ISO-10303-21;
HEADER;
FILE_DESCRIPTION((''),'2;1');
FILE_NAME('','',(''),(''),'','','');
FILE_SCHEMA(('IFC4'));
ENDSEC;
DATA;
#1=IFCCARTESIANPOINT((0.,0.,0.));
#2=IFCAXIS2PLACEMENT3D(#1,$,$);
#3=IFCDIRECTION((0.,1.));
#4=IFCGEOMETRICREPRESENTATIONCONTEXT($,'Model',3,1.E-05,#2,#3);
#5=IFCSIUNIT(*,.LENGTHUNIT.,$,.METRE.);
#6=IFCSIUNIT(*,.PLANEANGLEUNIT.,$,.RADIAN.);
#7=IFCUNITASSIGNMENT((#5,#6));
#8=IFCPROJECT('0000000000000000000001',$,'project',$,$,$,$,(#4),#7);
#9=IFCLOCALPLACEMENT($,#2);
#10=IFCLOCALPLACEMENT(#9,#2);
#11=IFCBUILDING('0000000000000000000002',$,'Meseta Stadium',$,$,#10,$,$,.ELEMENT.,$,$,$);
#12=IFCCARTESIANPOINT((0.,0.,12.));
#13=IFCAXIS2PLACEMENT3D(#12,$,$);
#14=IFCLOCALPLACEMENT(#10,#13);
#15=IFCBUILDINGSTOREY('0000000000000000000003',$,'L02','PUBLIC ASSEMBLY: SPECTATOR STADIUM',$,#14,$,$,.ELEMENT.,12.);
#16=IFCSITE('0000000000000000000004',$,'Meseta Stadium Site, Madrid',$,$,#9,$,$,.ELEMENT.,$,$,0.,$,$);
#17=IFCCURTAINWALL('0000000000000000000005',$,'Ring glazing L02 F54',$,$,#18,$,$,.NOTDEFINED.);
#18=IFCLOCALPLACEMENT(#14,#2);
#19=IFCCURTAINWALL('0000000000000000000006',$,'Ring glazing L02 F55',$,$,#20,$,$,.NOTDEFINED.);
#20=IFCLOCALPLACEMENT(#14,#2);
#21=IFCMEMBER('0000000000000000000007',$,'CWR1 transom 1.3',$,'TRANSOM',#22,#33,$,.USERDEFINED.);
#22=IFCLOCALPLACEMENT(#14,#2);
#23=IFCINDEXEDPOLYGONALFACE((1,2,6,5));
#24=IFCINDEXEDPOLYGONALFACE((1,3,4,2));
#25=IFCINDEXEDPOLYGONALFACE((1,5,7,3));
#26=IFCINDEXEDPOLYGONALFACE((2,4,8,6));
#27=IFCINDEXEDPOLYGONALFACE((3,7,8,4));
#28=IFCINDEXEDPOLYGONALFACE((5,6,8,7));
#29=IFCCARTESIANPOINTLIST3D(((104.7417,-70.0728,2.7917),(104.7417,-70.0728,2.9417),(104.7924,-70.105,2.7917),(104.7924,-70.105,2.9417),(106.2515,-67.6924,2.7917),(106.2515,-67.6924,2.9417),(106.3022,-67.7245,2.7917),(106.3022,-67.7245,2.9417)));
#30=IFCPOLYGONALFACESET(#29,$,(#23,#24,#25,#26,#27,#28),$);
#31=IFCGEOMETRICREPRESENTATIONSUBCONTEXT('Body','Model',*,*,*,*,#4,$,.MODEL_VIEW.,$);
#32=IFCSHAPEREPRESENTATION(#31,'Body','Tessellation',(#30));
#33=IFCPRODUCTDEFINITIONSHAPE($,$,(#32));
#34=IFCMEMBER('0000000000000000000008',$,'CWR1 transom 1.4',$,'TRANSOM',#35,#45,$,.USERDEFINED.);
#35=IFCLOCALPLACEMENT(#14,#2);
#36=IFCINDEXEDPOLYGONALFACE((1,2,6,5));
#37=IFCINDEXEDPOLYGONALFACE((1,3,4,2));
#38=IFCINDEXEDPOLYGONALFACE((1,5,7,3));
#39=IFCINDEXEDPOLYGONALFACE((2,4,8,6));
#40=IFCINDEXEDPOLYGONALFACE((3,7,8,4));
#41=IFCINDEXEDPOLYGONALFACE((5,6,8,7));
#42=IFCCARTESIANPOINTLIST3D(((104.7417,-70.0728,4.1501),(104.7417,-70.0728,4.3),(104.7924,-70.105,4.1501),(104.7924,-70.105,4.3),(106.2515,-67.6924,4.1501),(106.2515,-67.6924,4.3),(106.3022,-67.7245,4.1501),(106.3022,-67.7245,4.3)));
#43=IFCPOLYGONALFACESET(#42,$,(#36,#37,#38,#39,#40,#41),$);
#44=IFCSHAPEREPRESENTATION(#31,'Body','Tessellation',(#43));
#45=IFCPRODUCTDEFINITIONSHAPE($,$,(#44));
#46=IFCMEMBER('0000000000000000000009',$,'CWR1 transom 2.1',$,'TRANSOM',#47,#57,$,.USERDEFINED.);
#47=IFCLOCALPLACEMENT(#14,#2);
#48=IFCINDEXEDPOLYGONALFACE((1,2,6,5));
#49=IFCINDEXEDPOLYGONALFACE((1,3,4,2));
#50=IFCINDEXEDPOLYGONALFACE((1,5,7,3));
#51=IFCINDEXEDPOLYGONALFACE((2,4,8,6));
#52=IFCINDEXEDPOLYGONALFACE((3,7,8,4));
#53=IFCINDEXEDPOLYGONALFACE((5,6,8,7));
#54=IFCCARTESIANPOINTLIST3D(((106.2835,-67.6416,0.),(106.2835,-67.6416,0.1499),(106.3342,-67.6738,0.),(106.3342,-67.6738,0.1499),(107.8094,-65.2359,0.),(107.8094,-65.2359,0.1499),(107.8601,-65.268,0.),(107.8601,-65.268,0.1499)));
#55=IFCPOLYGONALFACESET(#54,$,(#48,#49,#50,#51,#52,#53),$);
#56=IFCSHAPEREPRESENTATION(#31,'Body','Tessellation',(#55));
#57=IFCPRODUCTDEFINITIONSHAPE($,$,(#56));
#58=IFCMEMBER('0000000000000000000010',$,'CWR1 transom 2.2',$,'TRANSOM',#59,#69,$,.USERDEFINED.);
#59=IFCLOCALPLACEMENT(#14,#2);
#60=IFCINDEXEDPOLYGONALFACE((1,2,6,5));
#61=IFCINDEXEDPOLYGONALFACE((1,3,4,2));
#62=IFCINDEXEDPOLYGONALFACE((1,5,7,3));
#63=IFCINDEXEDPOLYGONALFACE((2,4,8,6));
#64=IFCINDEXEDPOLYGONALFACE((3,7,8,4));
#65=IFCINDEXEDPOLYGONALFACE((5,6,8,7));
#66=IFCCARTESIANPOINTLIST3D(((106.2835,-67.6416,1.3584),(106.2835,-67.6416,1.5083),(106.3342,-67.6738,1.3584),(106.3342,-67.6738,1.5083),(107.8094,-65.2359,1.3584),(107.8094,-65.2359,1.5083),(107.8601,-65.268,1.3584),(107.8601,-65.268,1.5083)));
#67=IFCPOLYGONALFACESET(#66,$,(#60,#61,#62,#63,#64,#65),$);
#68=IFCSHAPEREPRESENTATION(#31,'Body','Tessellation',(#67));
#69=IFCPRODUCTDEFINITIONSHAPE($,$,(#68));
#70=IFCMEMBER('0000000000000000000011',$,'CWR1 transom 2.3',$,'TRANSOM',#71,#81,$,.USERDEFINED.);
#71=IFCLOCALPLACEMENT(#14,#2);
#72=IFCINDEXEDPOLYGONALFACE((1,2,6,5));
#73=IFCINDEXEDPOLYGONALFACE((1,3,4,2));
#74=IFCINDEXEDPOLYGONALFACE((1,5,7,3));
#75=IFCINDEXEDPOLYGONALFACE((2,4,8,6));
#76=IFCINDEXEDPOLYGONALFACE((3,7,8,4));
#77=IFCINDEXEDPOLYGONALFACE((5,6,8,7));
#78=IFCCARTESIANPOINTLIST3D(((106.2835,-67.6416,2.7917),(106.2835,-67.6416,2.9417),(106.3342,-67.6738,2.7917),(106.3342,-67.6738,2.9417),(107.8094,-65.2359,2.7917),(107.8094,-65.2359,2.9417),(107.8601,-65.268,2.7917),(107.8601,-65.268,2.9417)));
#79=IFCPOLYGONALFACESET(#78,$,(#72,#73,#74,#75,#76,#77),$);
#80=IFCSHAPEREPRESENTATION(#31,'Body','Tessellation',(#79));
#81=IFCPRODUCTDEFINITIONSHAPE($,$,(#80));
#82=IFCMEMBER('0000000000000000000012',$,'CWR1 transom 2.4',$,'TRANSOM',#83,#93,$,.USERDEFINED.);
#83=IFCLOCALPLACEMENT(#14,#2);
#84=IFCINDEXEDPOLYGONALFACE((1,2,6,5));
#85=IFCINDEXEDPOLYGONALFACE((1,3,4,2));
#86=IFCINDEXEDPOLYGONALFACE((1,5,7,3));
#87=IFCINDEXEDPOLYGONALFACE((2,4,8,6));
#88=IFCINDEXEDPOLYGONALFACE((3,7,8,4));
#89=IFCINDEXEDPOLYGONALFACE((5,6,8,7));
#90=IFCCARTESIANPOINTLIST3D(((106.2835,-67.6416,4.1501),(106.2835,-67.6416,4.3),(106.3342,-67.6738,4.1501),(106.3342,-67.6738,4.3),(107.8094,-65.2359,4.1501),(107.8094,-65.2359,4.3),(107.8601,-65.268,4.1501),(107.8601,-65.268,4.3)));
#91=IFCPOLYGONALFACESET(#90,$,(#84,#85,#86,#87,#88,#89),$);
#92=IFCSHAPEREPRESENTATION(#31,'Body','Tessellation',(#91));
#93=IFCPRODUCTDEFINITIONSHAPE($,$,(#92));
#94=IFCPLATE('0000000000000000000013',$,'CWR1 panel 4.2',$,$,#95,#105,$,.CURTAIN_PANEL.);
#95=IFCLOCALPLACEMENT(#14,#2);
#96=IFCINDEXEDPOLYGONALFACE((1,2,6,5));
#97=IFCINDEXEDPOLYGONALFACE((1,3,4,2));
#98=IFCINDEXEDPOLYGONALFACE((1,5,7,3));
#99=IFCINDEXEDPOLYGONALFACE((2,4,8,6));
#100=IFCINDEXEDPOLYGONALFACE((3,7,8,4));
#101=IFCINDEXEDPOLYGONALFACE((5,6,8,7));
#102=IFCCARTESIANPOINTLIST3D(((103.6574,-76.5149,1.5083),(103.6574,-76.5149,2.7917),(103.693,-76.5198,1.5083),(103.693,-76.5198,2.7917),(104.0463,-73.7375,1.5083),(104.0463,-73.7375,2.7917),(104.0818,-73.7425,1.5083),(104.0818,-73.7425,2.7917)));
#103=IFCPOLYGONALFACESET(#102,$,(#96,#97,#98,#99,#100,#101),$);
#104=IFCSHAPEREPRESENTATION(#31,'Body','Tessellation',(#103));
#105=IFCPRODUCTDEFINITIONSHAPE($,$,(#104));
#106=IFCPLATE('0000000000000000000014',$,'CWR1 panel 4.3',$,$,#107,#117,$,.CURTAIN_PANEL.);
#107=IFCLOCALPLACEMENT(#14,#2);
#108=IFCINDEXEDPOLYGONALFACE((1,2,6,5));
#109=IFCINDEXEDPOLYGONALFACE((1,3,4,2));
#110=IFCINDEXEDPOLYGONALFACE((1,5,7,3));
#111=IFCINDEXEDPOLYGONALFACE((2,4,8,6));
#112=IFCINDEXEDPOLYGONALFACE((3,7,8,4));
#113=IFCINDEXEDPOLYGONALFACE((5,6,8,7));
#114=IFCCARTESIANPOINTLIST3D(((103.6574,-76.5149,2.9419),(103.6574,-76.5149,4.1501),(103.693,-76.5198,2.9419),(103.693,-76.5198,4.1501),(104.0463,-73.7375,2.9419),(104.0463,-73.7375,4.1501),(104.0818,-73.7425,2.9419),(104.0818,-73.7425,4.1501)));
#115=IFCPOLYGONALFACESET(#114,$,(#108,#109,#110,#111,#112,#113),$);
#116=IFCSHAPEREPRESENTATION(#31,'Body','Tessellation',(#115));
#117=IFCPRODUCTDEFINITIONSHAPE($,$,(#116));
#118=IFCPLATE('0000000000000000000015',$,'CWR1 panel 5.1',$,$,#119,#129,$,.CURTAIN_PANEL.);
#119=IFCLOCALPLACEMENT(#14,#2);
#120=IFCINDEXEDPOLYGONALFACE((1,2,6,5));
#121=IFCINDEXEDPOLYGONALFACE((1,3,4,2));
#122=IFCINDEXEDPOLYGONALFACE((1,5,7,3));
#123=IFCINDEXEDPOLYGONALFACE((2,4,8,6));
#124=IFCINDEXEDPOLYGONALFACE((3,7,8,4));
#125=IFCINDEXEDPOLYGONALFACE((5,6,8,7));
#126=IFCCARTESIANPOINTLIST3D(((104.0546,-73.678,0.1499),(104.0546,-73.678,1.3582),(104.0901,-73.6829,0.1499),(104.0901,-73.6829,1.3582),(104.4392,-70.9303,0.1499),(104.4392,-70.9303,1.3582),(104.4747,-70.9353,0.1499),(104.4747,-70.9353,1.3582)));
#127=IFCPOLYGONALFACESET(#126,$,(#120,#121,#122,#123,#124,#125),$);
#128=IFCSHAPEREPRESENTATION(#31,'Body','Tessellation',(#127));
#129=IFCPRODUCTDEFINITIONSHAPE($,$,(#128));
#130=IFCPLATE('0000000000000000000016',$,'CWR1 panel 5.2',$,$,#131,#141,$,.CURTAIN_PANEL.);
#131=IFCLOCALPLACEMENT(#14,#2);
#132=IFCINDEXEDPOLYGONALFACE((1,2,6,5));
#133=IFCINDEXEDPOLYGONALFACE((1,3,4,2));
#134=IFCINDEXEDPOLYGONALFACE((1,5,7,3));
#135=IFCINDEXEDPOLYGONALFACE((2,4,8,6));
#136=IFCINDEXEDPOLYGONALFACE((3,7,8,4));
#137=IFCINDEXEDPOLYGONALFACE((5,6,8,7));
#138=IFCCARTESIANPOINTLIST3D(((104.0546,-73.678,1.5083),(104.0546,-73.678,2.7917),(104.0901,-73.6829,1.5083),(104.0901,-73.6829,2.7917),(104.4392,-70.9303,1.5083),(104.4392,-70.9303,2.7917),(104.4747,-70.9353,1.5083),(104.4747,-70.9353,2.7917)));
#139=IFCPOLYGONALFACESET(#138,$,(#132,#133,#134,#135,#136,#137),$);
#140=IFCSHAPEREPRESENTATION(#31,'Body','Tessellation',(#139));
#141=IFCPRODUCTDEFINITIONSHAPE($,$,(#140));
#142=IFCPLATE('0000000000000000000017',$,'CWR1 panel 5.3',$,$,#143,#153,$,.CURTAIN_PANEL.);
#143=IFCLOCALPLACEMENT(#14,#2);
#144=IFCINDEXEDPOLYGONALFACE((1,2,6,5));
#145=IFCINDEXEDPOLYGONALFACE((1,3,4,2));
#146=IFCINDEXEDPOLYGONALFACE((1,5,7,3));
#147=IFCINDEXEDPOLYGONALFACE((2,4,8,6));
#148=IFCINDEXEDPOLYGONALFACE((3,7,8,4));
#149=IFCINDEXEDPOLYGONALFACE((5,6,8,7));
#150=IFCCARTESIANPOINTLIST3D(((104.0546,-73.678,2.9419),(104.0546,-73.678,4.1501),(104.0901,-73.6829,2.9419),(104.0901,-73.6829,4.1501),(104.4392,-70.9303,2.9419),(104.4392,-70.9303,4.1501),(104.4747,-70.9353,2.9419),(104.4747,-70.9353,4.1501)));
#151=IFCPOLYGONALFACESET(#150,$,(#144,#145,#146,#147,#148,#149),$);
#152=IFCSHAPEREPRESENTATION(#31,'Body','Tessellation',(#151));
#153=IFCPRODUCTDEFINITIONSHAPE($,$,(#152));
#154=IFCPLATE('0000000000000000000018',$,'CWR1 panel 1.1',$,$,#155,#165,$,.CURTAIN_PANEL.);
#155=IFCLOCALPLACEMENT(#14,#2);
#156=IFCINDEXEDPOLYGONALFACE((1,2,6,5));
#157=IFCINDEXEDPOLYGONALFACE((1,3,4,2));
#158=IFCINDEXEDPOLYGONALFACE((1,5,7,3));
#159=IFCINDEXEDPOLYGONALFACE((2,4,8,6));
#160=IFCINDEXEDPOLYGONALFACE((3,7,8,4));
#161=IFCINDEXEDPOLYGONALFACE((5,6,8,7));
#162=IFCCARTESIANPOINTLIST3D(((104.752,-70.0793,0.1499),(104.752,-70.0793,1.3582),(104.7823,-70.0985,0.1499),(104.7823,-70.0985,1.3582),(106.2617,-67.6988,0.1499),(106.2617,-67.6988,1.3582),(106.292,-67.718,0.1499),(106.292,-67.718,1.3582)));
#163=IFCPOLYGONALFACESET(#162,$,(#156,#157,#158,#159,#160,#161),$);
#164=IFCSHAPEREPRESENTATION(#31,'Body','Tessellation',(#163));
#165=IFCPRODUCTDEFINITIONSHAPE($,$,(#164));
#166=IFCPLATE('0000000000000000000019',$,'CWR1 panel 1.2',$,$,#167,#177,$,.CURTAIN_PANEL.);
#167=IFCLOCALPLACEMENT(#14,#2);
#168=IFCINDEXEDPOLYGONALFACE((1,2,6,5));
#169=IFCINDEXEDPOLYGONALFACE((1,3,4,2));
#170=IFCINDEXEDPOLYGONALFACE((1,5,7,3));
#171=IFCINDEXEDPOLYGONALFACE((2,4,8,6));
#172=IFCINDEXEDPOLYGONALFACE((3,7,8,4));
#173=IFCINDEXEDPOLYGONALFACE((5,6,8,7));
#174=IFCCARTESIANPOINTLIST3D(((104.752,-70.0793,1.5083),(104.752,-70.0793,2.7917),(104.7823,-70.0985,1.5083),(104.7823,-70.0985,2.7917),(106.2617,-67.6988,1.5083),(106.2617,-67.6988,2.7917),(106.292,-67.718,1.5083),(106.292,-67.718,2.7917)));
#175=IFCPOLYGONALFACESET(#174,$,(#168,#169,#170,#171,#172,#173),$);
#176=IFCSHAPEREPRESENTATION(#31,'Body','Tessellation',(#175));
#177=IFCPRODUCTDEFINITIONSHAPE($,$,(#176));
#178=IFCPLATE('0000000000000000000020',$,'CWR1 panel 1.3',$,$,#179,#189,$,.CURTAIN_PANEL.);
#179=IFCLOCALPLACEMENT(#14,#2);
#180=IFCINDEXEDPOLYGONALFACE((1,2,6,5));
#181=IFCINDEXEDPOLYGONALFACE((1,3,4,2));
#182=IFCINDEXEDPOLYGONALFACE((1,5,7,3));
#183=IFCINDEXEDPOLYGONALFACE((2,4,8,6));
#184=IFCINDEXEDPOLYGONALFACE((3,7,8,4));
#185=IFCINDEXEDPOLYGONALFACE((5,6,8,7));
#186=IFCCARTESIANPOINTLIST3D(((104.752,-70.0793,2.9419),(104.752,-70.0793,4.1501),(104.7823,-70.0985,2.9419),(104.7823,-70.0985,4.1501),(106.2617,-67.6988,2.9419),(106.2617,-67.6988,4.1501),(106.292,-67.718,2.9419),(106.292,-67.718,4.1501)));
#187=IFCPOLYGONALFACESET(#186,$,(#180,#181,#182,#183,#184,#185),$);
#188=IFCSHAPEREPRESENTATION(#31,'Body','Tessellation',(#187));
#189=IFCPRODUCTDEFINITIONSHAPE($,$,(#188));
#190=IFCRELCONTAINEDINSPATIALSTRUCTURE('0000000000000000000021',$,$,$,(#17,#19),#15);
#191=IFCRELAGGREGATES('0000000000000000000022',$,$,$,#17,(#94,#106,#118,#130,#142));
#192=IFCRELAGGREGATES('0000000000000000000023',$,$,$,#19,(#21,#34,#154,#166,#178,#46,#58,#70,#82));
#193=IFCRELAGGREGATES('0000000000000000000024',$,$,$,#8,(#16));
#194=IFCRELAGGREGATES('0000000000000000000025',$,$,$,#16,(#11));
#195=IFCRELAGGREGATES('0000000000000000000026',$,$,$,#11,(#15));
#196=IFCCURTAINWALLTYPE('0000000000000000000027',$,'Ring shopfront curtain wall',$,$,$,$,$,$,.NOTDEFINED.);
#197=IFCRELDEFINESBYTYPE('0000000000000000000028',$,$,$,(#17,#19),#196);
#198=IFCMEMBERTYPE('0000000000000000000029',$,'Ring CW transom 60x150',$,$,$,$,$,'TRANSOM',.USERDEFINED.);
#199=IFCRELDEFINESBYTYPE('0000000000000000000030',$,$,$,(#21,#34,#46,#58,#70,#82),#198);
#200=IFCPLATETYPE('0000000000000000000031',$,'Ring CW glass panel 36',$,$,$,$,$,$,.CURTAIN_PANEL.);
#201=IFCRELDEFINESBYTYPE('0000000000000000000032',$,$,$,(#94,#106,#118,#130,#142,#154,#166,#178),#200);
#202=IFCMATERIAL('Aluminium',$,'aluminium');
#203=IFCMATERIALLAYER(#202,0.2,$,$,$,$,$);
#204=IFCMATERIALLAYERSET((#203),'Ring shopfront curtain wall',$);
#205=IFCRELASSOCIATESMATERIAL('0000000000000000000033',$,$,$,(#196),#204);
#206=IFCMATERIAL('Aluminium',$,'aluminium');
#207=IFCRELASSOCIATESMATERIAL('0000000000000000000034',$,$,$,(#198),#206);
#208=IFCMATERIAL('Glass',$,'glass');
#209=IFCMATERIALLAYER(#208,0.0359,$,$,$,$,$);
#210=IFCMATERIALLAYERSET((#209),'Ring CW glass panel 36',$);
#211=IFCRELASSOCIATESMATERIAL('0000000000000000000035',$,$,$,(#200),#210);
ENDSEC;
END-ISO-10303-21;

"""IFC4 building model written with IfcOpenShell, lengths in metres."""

from ifc_helpers import new_model, si_unit, direction, frame, origin, origin_2d, place, context, subcontext, project, spatial, rectangle, extrude, material, layer, layer_set, material_profile, profile_set, type_object, element, aggregate, save


model = new_model("IFC4")

# Units and contexts
model_context = context("Model", 3, precision=1e-05, world=origin(), true_north=direction((0.0, 1.0)))
body_context = subcontext(model_context, "Body", "Model", "MODEL_VIEW")
ifc_project = project(units=[si_unit("LENGTHUNIT", "METRE"), si_unit("PLANEANGLEUNIT", "RADIAN")], contexts=[model_context])

# Site, building, storey
site_placement = place(None, origin())
site = spatial("IfcSite", under=ifc_project, at=site_placement, Name="Meseta Stadium Site, Madrid", CompositionType="ELEMENT", RefElevation=0.0)
building_placement = place(site_placement, origin())
building = spatial("IfcBuilding", under=site, at=building_placement, Name="Meseta Stadium", CompositionType="ELEMENT")
storey_placement = place(building_placement, frame((0.0, 0.0, 12.0)))
storey = spatial("IfcBuildingStorey", under=building, at=storey_placement, Name="L02", Description="PUBLIC ASSEMBLY: SPECTATOR STADIUM", CompositionType="ELEMENT", Elevation=12.0)

# Curtain walls
ifc_material_1 = material(Name="Aluminium", Category="aluminium")
ifc_layer_1 = layer(ifc_material_1, 0.2)
ifc_layer_set_1 = layer_set([ifc_layer_1], Name="Ring shopfront curtain wall")
curtain_wall_type = type_object("IfcCurtainWallType", Name="Ring shopfront curtain wall", PredefinedType="NOTDEFINED", material=ifc_layer_set_1)
curtain_wall_1_placement = place(storey_placement, origin())
curtain_wall_1 = element("IfcCurtainWall", 1, at=curtain_wall_1_placement, inside=storey, type_object=curtain_wall_type, Name="Ring glazing L02 F54", PredefinedType="NOTDEFINED")
curtain_wall_2_placement = place(storey_placement, origin())
curtain_wall_2 = element("IfcCurtainWall", 2, at=curtain_wall_2_placement, inside=storey, type_object=curtain_wall_type, Name="Ring glazing L02 F55", PredefinedType="NOTDEFINED")

# Members
ifc_material_2 = material(Name="Aluminium", Category="aluminium")
ifc_material_profile_1 = material_profile(ifc_material_2, rectangle(XDim=0.0601, YDim=0.1499, at=origin_2d()), Name="CW 60x150")
ifc_profile_set_1 = profile_set([ifc_material_profile_1], Name="Aluminium")
member_type_1 = type_object("IfcMemberType", Name="Ring CW transom 60x150", ElementType="TRANSOM", PredefinedType="USERDEFINED", material=ifc_profile_set_1)
member_1_placement = place(storey_placement, frame((104.7671, -70.0889, 2.8667), z_axis=(0.535608, 0.844467, 0.0), x_axis=(-0.844467, 0.535608, 0.0)))
member_1 = element("IfcMember", 3, at=member_1_placement, type_object=member_type_1, Name="CWR1 transom 1.3", ObjectType="TRANSOM", PredefinedType="USERDEFINED", context=body_context, shape_type="SweptSolid", body=[
    extrude(rectangle(XDim=0.0601, YDim=0.1499, at=origin_2d()), origin(), (0.0, 0.0, 1.0), 2.8188),
])
member_2_placement = place(storey_placement, frame((104.7671, -70.0889, 4.2251), z_axis=(0.535608, 0.844467, 0.0), x_axis=(-0.844467, 0.535608, 0.0)))
member_2 = element("IfcMember", 4, at=member_2_placement, type_object=member_type_1, Name="CWR1 transom 1.4", ObjectType="TRANSOM", PredefinedType="USERDEFINED", context=body_context, shape_type="SweptSolid", body=[
    extrude(rectangle(XDim=0.0601, YDim=0.1499, at=origin_2d()), origin(), (0.0, 0.0, 1.0), 2.8188),
])
member_3_placement = place(storey_placement, frame((106.3088, -67.6577, 0.075), z_axis=(0.535611, 0.844465, 0.0), x_axis=(-0.844465, 0.535611, 0.0)))
member_3 = element("IfcMember", 5, at=member_3_placement, type_object=member_type_1, Name="CWR1 transom 2.1", ObjectType="TRANSOM", PredefinedType="USERDEFINED", context=body_context, shape_type="SweptSolid", body=[
    extrude(rectangle(XDim=0.0601, YDim=0.1499, at=origin_2d()), origin(), (0.0, 0.0, 1.0), 2.8489),
])
member_4_placement = place(storey_placement, frame((106.3088, -67.6577, 1.4333), z_axis=(0.535611, 0.844465, 0.0), x_axis=(-0.844465, 0.535611, 0.0)))
member_4 = element("IfcMember", 6, at=member_4_placement, type_object=member_type_1, Name="CWR1 transom 2.2", ObjectType="TRANSOM", PredefinedType="USERDEFINED", context=body_context, shape_type="SweptSolid", body=[
    extrude(rectangle(XDim=0.0601, YDim=0.1499, at=origin_2d()), origin(), (0.0, 0.0, 1.0), 2.8489),
])
member_5_placement = place(storey_placement, frame((106.3088, -67.6577, 2.8667), z_axis=(0.535611, 0.844465, 0.0), x_axis=(-0.844465, 0.535611, 0.0)))
member_5 = element("IfcMember", 7, at=member_5_placement, type_object=member_type_1, Name="CWR1 transom 2.3", ObjectType="TRANSOM", PredefinedType="USERDEFINED", context=body_context, shape_type="SweptSolid", body=[
    extrude(rectangle(XDim=0.0601, YDim=0.1499, at=origin_2d()), origin(), (0.0, 0.0, 1.0), 2.8489),
])
member_6_placement = place(storey_placement, frame((106.3088, -67.6577, 4.2251), z_axis=(0.535611, 0.844465, 0.0), x_axis=(-0.844465, 0.535611, 0.0)))
member_6 = element("IfcMember", 8, at=member_6_placement, type_object=member_type_1, Name="CWR1 transom 2.4", ObjectType="TRANSOM", PredefinedType="USERDEFINED", context=body_context, shape_type="SweptSolid", body=[
    extrude(rectangle(XDim=0.0601, YDim=0.1499, at=origin_2d()), origin(), (0.0, 0.0, 1.0), 2.8489),
])

# Plates
ifc_material_3 = material(Name="Glass", Category="glass")
ifc_layer_2 = layer(ifc_material_3, 0.0359)
ifc_layer_set_2 = layer_set([ifc_layer_2], Name="Ring CW glass panel 36")
plate_type_1 = type_object("IfcPlateType", Name="Ring CW glass panel 36", PredefinedType="CURTAIN_PANEL", material=ifc_layer_set_2)
plate_1_placement = place(storey_placement, frame((103.8696, -75.1287, 1.5083), z_axis=(0.0, 0.0, 1.0), x_axis=(0.138643, 0.990342, 0.0)))
plate_1 = element("IfcPlate", 9, at=plate_1_placement, type_object=plate_type_1, Name="CWR1 panel 4.2", PredefinedType="CURTAIN_PANEL", context=body_context, shape_type="SweptSolid", body=[
    extrude(rectangle(XDim=2.8044, YDim=0.0359, at=origin_2d()), origin(), (0.0, 0.0, 1.0), 1.2834),
])
plate_2_placement = place(storey_placement, frame((103.8696, -75.1287, 2.9419), z_axis=(0.0, 0.0, 1.0), x_axis=(0.138643, 0.990342, 0.0)))
plate_2 = element("IfcPlate", 10, at=plate_2_placement, type_object=plate_type_1, Name="CWR1 panel 4.3", PredefinedType="CURTAIN_PANEL", context=body_context, shape_type="SweptSolid", body=[
    extrude(rectangle(XDim=2.8044, YDim=0.0359, at=origin_2d()), origin(), (0.0, 0.0, 1.0), 1.2083),
])
plate_3_placement = place(storey_placement, frame((104.2646, -72.3066, 0.1499), z_axis=(0.0, 0.0, 1.0), x_axis=(0.138643, 0.990342, 0.0)))
plate_3 = element("IfcPlate", 11, at=plate_3_placement, type_object=plate_type_1, Name="CWR1 panel 5.1", PredefinedType="CURTAIN_PANEL", context=body_context, shape_type="SweptSolid", body=[
    extrude(rectangle(XDim=2.7744, YDim=0.0359, at=origin_2d()), origin(), (0.0, 0.0, 1.0), 1.2083),
])
plate_4_placement = place(storey_placement, frame((104.2646, -72.3066, 1.5083), z_axis=(0.0, 0.0, 1.0), x_axis=(0.138643, 0.990342, 0.0)))
plate_4 = element("IfcPlate", 12, at=plate_4_placement, type_object=plate_type_1, Name="CWR1 panel 5.2", PredefinedType="CURTAIN_PANEL", context=body_context, shape_type="SweptSolid", body=[
    extrude(rectangle(XDim=2.7744, YDim=0.0359, at=origin_2d()), origin(), (0.0, 0.0, 1.0), 1.2834),
])
plate_5_placement = place(storey_placement, frame((104.2646, -72.3066, 2.9419), z_axis=(0.0, 0.0, 1.0), x_axis=(0.138643, 0.990342, 0.0)))
plate_5 = element("IfcPlate", 13, at=plate_5_placement, type_object=plate_type_1, Name="CWR1 panel 5.3", PredefinedType="CURTAIN_PANEL", context=body_context, shape_type="SweptSolid", body=[
    extrude(rectangle(XDim=2.7744, YDim=0.0359, at=origin_2d()), origin(), (0.0, 0.0, 1.0), 1.2083),
])
aggregate(curtain_wall_1, [plate_1, plate_2, plate_3, plate_4, plate_5])
plate_6_placement = place(storey_placement, frame((105.522, -68.8987, 0.1499), z_axis=(0.0, 0.0, 1.0), x_axis=(0.535569, 0.844491, 0.0)))
plate_6 = element("IfcPlate", 14, at=plate_6_placement, type_object=plate_type_1, Name="CWR1 panel 1.1", PredefinedType="CURTAIN_PANEL", context=body_context, shape_type="SweptSolid", body=[
    extrude(rectangle(XDim=2.8188, YDim=0.0359, at=origin_2d()), origin(), (0.0, 0.0, 1.0), 1.2083),
])
plate_7_placement = place(storey_placement, frame((105.522, -68.8987, 1.5083), z_axis=(0.0, 0.0, 1.0), x_axis=(0.535569, 0.844491, 0.0)))
plate_7 = element("IfcPlate", 15, at=plate_7_placement, type_object=plate_type_1, Name="CWR1 panel 1.2", PredefinedType="CURTAIN_PANEL", context=body_context, shape_type="SweptSolid", body=[
    extrude(rectangle(XDim=2.8188, YDim=0.0359, at=origin_2d()), origin(), (0.0, 0.0, 1.0), 1.2834),
])
plate_8_placement = place(storey_placement, frame((105.522, -68.8987, 2.9419), z_axis=(0.0, 0.0, 1.0), x_axis=(0.535569, 0.844491, 0.0)))
plate_8 = element("IfcPlate", 16, at=plate_8_placement, type_object=plate_type_1, Name="CWR1 panel 1.3", PredefinedType="CURTAIN_PANEL", context=body_context, shape_type="SweptSolid", body=[
    extrude(rectangle(XDim=2.8188, YDim=0.0359, at=origin_2d()), origin(), (0.0, 0.0, 1.0), 1.2083),
])
aggregate(curtain_wall_2, [member_1, member_2, plate_6, plate_7, plate_8, member_3, member_4, member_5, member_6])

save(model, "model.ifc")
